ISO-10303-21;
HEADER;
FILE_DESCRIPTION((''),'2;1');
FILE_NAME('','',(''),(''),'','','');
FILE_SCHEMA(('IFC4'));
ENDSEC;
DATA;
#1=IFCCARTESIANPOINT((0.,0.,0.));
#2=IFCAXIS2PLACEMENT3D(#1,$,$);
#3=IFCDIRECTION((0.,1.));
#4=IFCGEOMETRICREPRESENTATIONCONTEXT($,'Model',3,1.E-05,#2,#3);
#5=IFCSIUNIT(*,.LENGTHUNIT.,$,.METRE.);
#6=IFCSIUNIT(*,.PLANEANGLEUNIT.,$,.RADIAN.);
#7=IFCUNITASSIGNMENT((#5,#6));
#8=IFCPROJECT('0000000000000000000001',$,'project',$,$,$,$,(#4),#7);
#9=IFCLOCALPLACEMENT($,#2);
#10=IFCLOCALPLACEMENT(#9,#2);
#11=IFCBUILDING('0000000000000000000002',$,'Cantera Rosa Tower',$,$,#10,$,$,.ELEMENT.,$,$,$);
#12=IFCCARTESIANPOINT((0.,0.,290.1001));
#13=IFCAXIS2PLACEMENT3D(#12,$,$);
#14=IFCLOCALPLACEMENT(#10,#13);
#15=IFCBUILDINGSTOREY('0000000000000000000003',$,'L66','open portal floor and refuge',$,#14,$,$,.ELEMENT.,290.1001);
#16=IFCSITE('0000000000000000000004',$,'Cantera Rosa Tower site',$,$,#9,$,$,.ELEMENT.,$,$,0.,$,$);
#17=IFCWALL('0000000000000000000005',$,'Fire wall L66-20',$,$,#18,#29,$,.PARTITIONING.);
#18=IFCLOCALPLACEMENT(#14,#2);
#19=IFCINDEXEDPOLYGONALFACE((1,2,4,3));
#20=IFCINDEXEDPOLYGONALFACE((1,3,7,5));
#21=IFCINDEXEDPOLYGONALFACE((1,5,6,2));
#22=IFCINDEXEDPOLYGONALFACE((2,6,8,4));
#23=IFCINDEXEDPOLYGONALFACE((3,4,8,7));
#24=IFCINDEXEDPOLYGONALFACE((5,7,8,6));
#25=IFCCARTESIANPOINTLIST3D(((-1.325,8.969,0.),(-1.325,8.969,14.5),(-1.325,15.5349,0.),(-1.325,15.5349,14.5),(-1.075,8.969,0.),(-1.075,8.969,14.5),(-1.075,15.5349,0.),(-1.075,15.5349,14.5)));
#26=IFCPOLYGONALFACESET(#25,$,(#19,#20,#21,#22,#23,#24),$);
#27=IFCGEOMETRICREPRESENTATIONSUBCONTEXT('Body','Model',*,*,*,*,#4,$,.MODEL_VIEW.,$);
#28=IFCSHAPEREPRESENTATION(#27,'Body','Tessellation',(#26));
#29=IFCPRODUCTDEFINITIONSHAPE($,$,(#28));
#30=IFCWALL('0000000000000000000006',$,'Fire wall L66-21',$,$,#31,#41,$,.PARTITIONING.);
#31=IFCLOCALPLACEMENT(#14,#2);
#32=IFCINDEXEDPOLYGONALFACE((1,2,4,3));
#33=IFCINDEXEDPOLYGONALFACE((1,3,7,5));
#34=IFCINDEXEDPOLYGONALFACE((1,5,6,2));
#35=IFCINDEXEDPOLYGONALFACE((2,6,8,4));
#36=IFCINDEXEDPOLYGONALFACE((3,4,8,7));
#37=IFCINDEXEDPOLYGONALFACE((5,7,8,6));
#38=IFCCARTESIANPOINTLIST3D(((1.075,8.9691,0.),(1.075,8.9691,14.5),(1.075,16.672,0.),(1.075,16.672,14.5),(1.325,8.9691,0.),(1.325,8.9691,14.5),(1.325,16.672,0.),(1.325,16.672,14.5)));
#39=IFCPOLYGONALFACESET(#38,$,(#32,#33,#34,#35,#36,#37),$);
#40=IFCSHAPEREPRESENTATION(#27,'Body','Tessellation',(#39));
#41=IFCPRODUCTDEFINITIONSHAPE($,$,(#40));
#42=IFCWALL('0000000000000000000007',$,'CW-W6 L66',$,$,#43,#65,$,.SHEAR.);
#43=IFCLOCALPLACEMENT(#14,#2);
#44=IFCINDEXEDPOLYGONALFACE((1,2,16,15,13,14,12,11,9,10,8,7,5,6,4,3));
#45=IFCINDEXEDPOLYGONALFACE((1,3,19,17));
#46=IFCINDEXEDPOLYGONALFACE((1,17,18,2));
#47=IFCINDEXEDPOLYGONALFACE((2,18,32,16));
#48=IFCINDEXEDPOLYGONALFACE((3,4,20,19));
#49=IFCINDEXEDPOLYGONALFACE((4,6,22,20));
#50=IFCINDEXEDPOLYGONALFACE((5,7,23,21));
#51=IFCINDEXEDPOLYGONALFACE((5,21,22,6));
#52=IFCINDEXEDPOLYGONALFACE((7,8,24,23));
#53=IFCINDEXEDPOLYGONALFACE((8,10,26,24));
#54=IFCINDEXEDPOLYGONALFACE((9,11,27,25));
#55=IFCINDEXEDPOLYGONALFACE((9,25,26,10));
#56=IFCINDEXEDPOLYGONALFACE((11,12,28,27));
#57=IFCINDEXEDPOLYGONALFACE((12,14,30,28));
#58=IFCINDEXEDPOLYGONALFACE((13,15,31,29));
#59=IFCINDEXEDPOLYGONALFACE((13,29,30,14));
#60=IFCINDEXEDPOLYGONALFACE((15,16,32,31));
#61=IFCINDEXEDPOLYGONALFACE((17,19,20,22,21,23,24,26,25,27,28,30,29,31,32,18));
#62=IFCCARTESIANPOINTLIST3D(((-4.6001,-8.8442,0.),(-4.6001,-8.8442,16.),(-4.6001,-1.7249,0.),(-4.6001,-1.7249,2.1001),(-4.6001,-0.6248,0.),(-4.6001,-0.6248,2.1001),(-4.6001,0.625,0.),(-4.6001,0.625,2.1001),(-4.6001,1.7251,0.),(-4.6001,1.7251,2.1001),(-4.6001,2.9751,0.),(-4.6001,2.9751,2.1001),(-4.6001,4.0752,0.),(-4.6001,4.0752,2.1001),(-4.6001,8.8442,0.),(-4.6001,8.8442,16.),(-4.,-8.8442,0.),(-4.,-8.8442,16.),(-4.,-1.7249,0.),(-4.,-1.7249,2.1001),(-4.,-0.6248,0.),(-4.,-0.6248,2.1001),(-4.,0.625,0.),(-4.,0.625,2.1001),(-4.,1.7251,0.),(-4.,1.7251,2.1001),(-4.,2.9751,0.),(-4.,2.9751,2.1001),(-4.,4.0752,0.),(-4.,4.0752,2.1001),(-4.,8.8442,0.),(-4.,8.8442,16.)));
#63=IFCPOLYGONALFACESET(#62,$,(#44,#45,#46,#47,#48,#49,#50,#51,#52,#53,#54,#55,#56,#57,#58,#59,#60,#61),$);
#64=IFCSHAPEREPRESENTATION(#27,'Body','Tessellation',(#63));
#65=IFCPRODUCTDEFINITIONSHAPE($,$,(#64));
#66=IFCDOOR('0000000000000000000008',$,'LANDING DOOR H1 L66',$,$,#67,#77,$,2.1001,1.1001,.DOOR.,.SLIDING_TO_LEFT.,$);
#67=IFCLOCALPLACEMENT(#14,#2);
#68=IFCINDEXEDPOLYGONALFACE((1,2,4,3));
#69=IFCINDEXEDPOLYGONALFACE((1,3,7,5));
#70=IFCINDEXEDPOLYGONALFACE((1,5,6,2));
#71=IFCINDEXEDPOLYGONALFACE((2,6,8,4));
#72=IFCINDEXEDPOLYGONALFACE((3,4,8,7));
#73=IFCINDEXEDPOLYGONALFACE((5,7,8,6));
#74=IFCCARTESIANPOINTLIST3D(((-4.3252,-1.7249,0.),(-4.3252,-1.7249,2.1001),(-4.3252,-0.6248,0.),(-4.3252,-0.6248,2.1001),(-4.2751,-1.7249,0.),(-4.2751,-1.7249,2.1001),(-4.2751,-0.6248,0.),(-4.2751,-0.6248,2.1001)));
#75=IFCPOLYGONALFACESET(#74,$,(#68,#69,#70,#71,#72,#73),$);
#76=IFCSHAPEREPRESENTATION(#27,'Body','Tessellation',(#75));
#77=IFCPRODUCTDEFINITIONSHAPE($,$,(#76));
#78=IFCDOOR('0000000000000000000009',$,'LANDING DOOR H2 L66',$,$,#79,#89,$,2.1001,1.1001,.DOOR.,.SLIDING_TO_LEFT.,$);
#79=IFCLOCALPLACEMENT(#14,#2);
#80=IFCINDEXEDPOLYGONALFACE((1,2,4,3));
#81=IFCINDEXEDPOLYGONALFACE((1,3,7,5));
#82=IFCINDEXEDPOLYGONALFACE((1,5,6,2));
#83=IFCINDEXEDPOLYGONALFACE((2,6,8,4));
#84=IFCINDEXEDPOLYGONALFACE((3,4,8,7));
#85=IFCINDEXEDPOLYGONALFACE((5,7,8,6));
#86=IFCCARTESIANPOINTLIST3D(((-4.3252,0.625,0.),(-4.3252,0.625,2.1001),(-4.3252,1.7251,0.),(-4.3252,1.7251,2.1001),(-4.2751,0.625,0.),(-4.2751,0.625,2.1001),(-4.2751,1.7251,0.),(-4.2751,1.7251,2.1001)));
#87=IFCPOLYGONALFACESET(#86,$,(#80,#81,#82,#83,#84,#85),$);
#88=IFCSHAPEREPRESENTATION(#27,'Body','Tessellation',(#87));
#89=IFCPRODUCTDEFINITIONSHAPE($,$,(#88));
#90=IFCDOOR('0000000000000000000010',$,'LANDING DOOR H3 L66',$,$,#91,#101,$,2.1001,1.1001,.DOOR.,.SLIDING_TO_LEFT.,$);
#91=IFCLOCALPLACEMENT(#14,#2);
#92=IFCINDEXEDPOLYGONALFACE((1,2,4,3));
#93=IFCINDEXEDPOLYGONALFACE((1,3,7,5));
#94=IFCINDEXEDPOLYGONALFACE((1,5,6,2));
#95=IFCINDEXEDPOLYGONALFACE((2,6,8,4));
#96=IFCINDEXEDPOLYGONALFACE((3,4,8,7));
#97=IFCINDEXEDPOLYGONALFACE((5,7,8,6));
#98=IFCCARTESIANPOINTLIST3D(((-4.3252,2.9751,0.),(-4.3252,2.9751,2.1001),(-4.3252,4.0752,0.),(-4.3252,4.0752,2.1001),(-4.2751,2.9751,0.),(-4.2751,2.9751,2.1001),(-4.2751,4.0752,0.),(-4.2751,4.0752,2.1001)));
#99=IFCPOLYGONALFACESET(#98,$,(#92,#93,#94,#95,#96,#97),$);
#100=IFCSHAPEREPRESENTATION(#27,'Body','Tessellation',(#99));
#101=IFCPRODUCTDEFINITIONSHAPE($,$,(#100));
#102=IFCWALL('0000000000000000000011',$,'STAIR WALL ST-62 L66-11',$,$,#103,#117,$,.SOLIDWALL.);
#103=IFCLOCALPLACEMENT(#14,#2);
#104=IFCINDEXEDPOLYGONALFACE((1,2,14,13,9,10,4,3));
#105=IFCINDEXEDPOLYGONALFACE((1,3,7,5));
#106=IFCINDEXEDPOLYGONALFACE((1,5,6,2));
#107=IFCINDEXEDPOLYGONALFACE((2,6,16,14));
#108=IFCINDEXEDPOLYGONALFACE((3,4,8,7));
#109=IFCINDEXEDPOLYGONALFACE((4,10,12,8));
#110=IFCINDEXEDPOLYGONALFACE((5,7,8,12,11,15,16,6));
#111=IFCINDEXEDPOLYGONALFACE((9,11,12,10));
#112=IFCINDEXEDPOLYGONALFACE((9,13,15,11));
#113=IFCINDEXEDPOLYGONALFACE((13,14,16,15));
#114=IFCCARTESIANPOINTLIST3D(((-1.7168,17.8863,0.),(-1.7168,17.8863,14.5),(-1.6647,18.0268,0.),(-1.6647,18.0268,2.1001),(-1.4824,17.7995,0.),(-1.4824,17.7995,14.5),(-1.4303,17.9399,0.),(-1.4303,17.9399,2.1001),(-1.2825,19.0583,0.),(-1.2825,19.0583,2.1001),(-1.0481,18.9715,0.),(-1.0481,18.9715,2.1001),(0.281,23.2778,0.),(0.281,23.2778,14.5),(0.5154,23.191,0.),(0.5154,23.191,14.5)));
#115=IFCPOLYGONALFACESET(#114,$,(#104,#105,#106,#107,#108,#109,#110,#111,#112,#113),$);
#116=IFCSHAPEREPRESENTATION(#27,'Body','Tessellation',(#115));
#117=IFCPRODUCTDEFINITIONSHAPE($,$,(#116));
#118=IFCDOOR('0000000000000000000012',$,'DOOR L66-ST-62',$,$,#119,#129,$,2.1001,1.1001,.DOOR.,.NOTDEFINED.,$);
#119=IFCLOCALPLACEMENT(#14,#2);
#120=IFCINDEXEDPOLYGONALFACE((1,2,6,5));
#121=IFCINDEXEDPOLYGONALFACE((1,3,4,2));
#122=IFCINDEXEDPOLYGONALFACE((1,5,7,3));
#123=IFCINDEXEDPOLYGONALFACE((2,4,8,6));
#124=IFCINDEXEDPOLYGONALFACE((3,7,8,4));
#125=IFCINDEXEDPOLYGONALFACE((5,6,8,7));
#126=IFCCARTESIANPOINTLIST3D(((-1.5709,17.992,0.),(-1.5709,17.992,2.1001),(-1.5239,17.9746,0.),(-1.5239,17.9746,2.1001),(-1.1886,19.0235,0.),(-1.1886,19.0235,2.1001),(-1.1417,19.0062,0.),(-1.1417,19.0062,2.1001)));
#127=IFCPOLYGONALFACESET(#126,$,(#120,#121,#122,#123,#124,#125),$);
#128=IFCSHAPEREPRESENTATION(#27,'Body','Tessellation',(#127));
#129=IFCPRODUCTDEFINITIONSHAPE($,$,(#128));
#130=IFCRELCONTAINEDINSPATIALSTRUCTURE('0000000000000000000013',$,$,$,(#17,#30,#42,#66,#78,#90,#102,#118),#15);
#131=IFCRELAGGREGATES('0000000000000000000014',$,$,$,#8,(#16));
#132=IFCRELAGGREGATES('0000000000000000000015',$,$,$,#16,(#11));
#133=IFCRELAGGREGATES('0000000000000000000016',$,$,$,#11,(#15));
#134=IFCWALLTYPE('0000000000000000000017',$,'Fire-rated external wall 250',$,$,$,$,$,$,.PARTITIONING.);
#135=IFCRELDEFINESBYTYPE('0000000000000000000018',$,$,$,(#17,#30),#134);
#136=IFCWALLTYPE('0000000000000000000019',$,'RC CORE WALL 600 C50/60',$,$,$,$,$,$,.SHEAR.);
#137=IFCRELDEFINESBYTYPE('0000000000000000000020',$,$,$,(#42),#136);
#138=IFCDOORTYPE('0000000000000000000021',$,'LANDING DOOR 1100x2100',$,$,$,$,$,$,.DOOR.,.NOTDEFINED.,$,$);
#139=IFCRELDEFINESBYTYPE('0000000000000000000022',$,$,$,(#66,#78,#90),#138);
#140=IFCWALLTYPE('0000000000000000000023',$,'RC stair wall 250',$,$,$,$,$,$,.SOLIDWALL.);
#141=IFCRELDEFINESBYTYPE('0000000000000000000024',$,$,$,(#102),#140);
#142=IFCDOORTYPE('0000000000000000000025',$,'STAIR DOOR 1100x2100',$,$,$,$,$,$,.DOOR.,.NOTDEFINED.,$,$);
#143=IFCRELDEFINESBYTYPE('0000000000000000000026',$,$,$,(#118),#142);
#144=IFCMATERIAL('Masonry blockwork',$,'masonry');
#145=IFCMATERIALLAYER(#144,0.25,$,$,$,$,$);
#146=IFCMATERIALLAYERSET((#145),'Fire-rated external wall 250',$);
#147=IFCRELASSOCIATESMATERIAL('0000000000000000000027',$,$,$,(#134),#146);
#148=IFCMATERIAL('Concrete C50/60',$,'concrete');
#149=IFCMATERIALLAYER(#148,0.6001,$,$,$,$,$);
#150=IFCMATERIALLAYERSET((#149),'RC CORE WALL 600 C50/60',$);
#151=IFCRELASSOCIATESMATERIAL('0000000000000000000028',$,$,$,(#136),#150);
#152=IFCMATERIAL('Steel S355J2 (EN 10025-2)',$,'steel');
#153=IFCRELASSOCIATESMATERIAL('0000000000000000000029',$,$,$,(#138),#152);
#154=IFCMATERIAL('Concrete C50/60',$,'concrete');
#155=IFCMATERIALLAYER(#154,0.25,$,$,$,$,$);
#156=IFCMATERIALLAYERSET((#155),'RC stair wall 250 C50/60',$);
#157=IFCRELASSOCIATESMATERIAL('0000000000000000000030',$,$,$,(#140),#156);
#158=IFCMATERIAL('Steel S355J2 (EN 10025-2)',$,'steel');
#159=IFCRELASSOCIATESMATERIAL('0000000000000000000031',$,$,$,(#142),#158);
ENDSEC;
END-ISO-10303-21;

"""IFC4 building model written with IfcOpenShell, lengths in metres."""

from ifc_helpers import new_model, si_unit, direction, frame, frame_2d, origin, place, context, subcontext, project, spatial, rectangle, extrude, material, layer, layer_set, type_object, element, fill, save


model = new_model("IFC4")

# Units and contexts
model_context = context("Model", 3, precision=1e-05, world=origin(), true_north=direction((0.0, 1.0)))
body_context = subcontext(model_context, "Body", "Model", "MODEL_VIEW")
ifc_project = project(units=[si_unit("LENGTHUNIT", "METRE"), si_unit("PLANEANGLEUNIT", "RADIAN")], contexts=[model_context])

# Site, building, storey
site_placement = place(None, origin())
site = spatial("IfcSite", under=ifc_project, at=site_placement, Name="Cantera Rosa Tower site", CompositionType="ELEMENT", RefElevation=0.0)
building_placement = place(site_placement, origin())
building = spatial("IfcBuilding", under=site, at=building_placement, Name="Cantera Rosa Tower", CompositionType="ELEMENT")
storey_placement = place(building_placement, frame((0.0, 0.0, 290.1001)))
storey = spatial("IfcBuildingStorey", under=building, at=storey_placement, Name="L66", Description="open portal floor and refuge", CompositionType="ELEMENT", Elevation=290.1001)

# Walls
ifc_material_1 = material(Name="Masonry blockwork", Category="masonry")
ifc_layer_1 = layer(ifc_material_1, 0.25)
ifc_layer_set_1 = layer_set([ifc_layer_1], Name="Fire-rated external wall 250")
wall_type_1 = type_object("IfcWallType", Name="Fire-rated external wall 250", PredefinedType="PARTITIONING", material=ifc_layer_set_1)
wall_1_placement = place(storey_placement, frame((-1.2, 8.969, 0.0), z_axis=(0.0, 0.0, 1.0), x_axis=(0.0, 1.0, 0.0)))
element("IfcWall", 1, at=wall_1_placement, inside=storey, type_object=wall_type_1, Name="Fire wall L66-20", PredefinedType="PARTITIONING", context=body_context, shape_type="SweptSolid", body=[
    extrude(rectangle(XDim=6.5659, YDim=0.25, at=frame_2d((3.283, 0.0))), origin(), (0.0, 0.0, 1.0), 14.5),
])
wall_2_placement = place(storey_placement, frame((1.2, 8.969, 0.0), z_axis=(0.0, 0.0, 1.0), x_axis=(0.0, 1.0, 0.0)))
element("IfcWall", 2, at=wall_2_placement, inside=storey, type_object=wall_type_1, Name="Fire wall L66-21", PredefinedType="PARTITIONING", context=body_context, shape_type="SweptSolid", body=[
    extrude(rectangle(XDim=7.7029, YDim=0.25, at=frame_2d((3.8516, 0.0))), origin(), (0.0, 0.0, 1.0), 14.5),
])

# Wall, openings, doors
ifc_material_2 = material(Name="Concrete C50/60", Category="concrete")
ifc_layer_2 = layer(ifc_material_2, 0.6001)
ifc_layer_set_2 = layer_set([ifc_layer_2], Name="RC CORE WALL 600 C50/60")
wall_type_2 = type_object("IfcWallType", Name="RC CORE WALL 600 C50/60", PredefinedType="SHEAR", material=ifc_layer_set_2)
wall_3_placement = place(storey_placement, frame((-4.3, 8.8442, 0.0), z_axis=(0.0, 0.0, 1.0), x_axis=(0.0, -1.0, 0.0)))
wall_3 = element("IfcWall", 3, at=wall_3_placement, inside=storey, type_object=wall_type_2, Name="CW-W6 L66", PredefinedType="SHEAR", context=body_context, shape_type="SweptSolid", body=[
    extrude(rectangle(XDim=17.6885, YDim=0.6001, at=frame_2d((8.8442, 0.0))), origin(), (0.0, 0.0, 1.0), 16.0),
])
opening_1_placement = place(wall_3_placement, frame((9.469, 0.0, 0.0)))
opening_1 = element("IfcOpeningElement", 4, at=opening_1_placement, cuts=wall_3, PredefinedType="OPENING", context=body_context, shape_type="SweptSolid", body=[
    extrude(rectangle(XDim=1.1001, YDim=2.1001, at=frame_2d((0.55, 1.05))), frame((0.0, 0.3101, 0.0), z_axis=(0.0, -1.0, 0.0), x_axis=(1.0, 0.0, 0.0)), (0.0, 0.0, 1.0), 0.6201),
])
opening_2_placement = place(wall_3_placement, frame((7.1191, 0.0, 0.0)))
opening_2 = element("IfcOpeningElement", 5, at=opening_2_placement, cuts=wall_3, PredefinedType="OPENING", context=body_context, shape_type="SweptSolid", body=[
    extrude(rectangle(XDim=1.1001, YDim=2.1001, at=frame_2d((0.55, 1.05))), frame((0.0, 0.3101, 0.0), z_axis=(0.0, -1.0, 0.0), x_axis=(1.0, 0.0, 0.0)), (0.0, 0.0, 1.0), 0.6201),
])
opening_3_placement = place(wall_3_placement, frame((4.769, 0.0, 0.0)))
opening_3 = element("IfcOpeningElement", 6, at=opening_3_placement, cuts=wall_3, PredefinedType="OPENING", context=body_context, shape_type="SweptSolid", body=[
    extrude(rectangle(XDim=1.1001, YDim=2.1001, at=frame_2d((0.55, 1.05))), frame((0.0, 0.3101, 0.0), z_axis=(0.0, -1.0, 0.0), x_axis=(1.0, 0.0, 0.0)), (0.0, 0.0, 1.0), 0.6201),
])
ifc_material_3 = material(Name="Steel S355J2 (EN 10025-2)", Category="steel")
door_type_1 = type_object("IfcDoorType", Name="LANDING DOOR 1100x2100", OperationType="NOTDEFINED", PredefinedType="DOOR", material=ifc_material_3)
door_1_placement = place(opening_1_placement, origin())
door_1 = element("IfcDoor", 7, at=door_1_placement, inside=storey, type_object=door_type_1, Name="LANDING DOOR H1 L66", OperationType="SLIDING_TO_LEFT", OverallHeight=2.1001, OverallWidth=1.1001, PredefinedType="DOOR", context=body_context, shape_type="SweptSolid", body=[
    extrude(rectangle(XDim=1.1001, YDim=2.1001, at=frame_2d((0.55, 1.05))), frame((0.0, 0.0249, 0.0), z_axis=(0.0, -1.0, 0.0), x_axis=(1.0, 0.0, 0.0)), (0.0, 0.0, 1.0), 0.05),
])
fill(opening_1, door_1)
door_2_placement = place(opening_2_placement, origin())
door_2 = element("IfcDoor", 8, at=door_2_placement, inside=storey, type_object=door_type_1, Name="LANDING DOOR H2 L66", OperationType="SLIDING_TO_LEFT", OverallHeight=2.1001, OverallWidth=1.1001, PredefinedType="DOOR", context=body_context, shape_type="SweptSolid", body=[
    extrude(rectangle(XDim=1.1001, YDim=2.1001, at=frame_2d((0.55, 1.05))), frame((0.0, 0.0249, 0.0), z_axis=(0.0, -1.0, 0.0), x_axis=(1.0, 0.0, 0.0)), (0.0, 0.0, 1.0), 0.05),
])
fill(opening_2, door_2)
door_3_placement = place(opening_3_placement, origin())
door_3 = element("IfcDoor", 9, at=door_3_placement, inside=storey, type_object=door_type_1, Name="LANDING DOOR H3 L66", OperationType="SLIDING_TO_LEFT", OverallHeight=2.1001, OverallWidth=1.1001, PredefinedType="DOOR", context=body_context, shape_type="SweptSolid", body=[
    extrude(rectangle(XDim=1.1001, YDim=2.1001, at=frame_2d((0.55, 1.05))), frame((0.0, 0.0249, 0.0), z_axis=(0.0, -1.0, 0.0), x_axis=(1.0, 0.0, 0.0)), (0.0, 0.0, 1.0), 0.05),
])
fill(opening_3, door_3)

# Wall, opening, door
ifc_material_4 = material(Name="Concrete C50/60", Category="concrete")
ifc_layer_3 = layer(ifc_material_4, 0.25)
ifc_layer_set_3 = layer_set([ifc_layer_3], Name="RC stair wall 250 C50/60")
wall_type_3 = type_object("IfcWallType", Name="RC stair wall 250", PredefinedType="SOLIDWALL", material=ifc_layer_set_3)
wall_4_placement = place(storey_placement, frame((-1.5996, 17.8428, 0.0), z_axis=(0.0, 0.0, 1.0), x_axis=(0.347454, 0.937697, 0.0)))
wall_4 = element("IfcWall", 10, at=wall_4_placement, inside=storey, type_object=wall_type_3, Name="STAIR WALL ST-62 L66-11", PredefinedType="SOLIDWALL", context=body_context, shape_type="SweptSolid", body=[
    extrude(rectangle(XDim=5.7498, YDim=0.25, at=frame_2d((2.875, 0.0))), origin(), (0.0, 0.0, 1.0), 14.5),
])
opening_4_placement = place(wall_4_placement, frame((0.1499, 0.0, 0.0)))
opening_4 = element("IfcOpeningElement", 11, at=opening_4_placement, cuts=wall_4, PredefinedType="OPENING", context=body_context, shape_type="SweptSolid", body=[
    extrude(rectangle(XDim=1.1001, YDim=2.1001, at=frame_2d((0.55, 1.05))), frame((0.0, 0.135, 0.0), z_axis=(0.0, -1.0, 0.0), x_axis=(1.0, 0.0, 0.0)), (0.0, 0.0, 1.0), 0.27),
])
ifc_material_5 = material(Name="Steel S355J2 (EN 10025-2)", Category="steel")
door_type_2 = type_object("IfcDoorType", Name="STAIR DOOR 1100x2100", OperationType="NOTDEFINED", PredefinedType="DOOR", material=ifc_material_5)
door_4_placement = place(opening_4_placement, origin())
door_4 = element("IfcDoor", 12, at=door_4_placement, inside=storey, type_object=door_type_2, Name="DOOR L66-ST-62", OperationType="NOTDEFINED", OverallHeight=2.1001, OverallWidth=1.1001, PredefinedType="DOOR", context=body_context, shape_type="SweptSolid", body=[
    extrude(rectangle(XDim=1.1001, YDim=2.1001, at=frame_2d((0.55, 1.05))), frame((0.0, 0.0249, 0.0), z_axis=(0.0, -1.0, 0.0), x_axis=(1.0, 0.0, 0.0)), (0.0, 0.0, 1.0), 0.05),
])
fill(opening_4, door_4)

save(model, "model.ifc")
